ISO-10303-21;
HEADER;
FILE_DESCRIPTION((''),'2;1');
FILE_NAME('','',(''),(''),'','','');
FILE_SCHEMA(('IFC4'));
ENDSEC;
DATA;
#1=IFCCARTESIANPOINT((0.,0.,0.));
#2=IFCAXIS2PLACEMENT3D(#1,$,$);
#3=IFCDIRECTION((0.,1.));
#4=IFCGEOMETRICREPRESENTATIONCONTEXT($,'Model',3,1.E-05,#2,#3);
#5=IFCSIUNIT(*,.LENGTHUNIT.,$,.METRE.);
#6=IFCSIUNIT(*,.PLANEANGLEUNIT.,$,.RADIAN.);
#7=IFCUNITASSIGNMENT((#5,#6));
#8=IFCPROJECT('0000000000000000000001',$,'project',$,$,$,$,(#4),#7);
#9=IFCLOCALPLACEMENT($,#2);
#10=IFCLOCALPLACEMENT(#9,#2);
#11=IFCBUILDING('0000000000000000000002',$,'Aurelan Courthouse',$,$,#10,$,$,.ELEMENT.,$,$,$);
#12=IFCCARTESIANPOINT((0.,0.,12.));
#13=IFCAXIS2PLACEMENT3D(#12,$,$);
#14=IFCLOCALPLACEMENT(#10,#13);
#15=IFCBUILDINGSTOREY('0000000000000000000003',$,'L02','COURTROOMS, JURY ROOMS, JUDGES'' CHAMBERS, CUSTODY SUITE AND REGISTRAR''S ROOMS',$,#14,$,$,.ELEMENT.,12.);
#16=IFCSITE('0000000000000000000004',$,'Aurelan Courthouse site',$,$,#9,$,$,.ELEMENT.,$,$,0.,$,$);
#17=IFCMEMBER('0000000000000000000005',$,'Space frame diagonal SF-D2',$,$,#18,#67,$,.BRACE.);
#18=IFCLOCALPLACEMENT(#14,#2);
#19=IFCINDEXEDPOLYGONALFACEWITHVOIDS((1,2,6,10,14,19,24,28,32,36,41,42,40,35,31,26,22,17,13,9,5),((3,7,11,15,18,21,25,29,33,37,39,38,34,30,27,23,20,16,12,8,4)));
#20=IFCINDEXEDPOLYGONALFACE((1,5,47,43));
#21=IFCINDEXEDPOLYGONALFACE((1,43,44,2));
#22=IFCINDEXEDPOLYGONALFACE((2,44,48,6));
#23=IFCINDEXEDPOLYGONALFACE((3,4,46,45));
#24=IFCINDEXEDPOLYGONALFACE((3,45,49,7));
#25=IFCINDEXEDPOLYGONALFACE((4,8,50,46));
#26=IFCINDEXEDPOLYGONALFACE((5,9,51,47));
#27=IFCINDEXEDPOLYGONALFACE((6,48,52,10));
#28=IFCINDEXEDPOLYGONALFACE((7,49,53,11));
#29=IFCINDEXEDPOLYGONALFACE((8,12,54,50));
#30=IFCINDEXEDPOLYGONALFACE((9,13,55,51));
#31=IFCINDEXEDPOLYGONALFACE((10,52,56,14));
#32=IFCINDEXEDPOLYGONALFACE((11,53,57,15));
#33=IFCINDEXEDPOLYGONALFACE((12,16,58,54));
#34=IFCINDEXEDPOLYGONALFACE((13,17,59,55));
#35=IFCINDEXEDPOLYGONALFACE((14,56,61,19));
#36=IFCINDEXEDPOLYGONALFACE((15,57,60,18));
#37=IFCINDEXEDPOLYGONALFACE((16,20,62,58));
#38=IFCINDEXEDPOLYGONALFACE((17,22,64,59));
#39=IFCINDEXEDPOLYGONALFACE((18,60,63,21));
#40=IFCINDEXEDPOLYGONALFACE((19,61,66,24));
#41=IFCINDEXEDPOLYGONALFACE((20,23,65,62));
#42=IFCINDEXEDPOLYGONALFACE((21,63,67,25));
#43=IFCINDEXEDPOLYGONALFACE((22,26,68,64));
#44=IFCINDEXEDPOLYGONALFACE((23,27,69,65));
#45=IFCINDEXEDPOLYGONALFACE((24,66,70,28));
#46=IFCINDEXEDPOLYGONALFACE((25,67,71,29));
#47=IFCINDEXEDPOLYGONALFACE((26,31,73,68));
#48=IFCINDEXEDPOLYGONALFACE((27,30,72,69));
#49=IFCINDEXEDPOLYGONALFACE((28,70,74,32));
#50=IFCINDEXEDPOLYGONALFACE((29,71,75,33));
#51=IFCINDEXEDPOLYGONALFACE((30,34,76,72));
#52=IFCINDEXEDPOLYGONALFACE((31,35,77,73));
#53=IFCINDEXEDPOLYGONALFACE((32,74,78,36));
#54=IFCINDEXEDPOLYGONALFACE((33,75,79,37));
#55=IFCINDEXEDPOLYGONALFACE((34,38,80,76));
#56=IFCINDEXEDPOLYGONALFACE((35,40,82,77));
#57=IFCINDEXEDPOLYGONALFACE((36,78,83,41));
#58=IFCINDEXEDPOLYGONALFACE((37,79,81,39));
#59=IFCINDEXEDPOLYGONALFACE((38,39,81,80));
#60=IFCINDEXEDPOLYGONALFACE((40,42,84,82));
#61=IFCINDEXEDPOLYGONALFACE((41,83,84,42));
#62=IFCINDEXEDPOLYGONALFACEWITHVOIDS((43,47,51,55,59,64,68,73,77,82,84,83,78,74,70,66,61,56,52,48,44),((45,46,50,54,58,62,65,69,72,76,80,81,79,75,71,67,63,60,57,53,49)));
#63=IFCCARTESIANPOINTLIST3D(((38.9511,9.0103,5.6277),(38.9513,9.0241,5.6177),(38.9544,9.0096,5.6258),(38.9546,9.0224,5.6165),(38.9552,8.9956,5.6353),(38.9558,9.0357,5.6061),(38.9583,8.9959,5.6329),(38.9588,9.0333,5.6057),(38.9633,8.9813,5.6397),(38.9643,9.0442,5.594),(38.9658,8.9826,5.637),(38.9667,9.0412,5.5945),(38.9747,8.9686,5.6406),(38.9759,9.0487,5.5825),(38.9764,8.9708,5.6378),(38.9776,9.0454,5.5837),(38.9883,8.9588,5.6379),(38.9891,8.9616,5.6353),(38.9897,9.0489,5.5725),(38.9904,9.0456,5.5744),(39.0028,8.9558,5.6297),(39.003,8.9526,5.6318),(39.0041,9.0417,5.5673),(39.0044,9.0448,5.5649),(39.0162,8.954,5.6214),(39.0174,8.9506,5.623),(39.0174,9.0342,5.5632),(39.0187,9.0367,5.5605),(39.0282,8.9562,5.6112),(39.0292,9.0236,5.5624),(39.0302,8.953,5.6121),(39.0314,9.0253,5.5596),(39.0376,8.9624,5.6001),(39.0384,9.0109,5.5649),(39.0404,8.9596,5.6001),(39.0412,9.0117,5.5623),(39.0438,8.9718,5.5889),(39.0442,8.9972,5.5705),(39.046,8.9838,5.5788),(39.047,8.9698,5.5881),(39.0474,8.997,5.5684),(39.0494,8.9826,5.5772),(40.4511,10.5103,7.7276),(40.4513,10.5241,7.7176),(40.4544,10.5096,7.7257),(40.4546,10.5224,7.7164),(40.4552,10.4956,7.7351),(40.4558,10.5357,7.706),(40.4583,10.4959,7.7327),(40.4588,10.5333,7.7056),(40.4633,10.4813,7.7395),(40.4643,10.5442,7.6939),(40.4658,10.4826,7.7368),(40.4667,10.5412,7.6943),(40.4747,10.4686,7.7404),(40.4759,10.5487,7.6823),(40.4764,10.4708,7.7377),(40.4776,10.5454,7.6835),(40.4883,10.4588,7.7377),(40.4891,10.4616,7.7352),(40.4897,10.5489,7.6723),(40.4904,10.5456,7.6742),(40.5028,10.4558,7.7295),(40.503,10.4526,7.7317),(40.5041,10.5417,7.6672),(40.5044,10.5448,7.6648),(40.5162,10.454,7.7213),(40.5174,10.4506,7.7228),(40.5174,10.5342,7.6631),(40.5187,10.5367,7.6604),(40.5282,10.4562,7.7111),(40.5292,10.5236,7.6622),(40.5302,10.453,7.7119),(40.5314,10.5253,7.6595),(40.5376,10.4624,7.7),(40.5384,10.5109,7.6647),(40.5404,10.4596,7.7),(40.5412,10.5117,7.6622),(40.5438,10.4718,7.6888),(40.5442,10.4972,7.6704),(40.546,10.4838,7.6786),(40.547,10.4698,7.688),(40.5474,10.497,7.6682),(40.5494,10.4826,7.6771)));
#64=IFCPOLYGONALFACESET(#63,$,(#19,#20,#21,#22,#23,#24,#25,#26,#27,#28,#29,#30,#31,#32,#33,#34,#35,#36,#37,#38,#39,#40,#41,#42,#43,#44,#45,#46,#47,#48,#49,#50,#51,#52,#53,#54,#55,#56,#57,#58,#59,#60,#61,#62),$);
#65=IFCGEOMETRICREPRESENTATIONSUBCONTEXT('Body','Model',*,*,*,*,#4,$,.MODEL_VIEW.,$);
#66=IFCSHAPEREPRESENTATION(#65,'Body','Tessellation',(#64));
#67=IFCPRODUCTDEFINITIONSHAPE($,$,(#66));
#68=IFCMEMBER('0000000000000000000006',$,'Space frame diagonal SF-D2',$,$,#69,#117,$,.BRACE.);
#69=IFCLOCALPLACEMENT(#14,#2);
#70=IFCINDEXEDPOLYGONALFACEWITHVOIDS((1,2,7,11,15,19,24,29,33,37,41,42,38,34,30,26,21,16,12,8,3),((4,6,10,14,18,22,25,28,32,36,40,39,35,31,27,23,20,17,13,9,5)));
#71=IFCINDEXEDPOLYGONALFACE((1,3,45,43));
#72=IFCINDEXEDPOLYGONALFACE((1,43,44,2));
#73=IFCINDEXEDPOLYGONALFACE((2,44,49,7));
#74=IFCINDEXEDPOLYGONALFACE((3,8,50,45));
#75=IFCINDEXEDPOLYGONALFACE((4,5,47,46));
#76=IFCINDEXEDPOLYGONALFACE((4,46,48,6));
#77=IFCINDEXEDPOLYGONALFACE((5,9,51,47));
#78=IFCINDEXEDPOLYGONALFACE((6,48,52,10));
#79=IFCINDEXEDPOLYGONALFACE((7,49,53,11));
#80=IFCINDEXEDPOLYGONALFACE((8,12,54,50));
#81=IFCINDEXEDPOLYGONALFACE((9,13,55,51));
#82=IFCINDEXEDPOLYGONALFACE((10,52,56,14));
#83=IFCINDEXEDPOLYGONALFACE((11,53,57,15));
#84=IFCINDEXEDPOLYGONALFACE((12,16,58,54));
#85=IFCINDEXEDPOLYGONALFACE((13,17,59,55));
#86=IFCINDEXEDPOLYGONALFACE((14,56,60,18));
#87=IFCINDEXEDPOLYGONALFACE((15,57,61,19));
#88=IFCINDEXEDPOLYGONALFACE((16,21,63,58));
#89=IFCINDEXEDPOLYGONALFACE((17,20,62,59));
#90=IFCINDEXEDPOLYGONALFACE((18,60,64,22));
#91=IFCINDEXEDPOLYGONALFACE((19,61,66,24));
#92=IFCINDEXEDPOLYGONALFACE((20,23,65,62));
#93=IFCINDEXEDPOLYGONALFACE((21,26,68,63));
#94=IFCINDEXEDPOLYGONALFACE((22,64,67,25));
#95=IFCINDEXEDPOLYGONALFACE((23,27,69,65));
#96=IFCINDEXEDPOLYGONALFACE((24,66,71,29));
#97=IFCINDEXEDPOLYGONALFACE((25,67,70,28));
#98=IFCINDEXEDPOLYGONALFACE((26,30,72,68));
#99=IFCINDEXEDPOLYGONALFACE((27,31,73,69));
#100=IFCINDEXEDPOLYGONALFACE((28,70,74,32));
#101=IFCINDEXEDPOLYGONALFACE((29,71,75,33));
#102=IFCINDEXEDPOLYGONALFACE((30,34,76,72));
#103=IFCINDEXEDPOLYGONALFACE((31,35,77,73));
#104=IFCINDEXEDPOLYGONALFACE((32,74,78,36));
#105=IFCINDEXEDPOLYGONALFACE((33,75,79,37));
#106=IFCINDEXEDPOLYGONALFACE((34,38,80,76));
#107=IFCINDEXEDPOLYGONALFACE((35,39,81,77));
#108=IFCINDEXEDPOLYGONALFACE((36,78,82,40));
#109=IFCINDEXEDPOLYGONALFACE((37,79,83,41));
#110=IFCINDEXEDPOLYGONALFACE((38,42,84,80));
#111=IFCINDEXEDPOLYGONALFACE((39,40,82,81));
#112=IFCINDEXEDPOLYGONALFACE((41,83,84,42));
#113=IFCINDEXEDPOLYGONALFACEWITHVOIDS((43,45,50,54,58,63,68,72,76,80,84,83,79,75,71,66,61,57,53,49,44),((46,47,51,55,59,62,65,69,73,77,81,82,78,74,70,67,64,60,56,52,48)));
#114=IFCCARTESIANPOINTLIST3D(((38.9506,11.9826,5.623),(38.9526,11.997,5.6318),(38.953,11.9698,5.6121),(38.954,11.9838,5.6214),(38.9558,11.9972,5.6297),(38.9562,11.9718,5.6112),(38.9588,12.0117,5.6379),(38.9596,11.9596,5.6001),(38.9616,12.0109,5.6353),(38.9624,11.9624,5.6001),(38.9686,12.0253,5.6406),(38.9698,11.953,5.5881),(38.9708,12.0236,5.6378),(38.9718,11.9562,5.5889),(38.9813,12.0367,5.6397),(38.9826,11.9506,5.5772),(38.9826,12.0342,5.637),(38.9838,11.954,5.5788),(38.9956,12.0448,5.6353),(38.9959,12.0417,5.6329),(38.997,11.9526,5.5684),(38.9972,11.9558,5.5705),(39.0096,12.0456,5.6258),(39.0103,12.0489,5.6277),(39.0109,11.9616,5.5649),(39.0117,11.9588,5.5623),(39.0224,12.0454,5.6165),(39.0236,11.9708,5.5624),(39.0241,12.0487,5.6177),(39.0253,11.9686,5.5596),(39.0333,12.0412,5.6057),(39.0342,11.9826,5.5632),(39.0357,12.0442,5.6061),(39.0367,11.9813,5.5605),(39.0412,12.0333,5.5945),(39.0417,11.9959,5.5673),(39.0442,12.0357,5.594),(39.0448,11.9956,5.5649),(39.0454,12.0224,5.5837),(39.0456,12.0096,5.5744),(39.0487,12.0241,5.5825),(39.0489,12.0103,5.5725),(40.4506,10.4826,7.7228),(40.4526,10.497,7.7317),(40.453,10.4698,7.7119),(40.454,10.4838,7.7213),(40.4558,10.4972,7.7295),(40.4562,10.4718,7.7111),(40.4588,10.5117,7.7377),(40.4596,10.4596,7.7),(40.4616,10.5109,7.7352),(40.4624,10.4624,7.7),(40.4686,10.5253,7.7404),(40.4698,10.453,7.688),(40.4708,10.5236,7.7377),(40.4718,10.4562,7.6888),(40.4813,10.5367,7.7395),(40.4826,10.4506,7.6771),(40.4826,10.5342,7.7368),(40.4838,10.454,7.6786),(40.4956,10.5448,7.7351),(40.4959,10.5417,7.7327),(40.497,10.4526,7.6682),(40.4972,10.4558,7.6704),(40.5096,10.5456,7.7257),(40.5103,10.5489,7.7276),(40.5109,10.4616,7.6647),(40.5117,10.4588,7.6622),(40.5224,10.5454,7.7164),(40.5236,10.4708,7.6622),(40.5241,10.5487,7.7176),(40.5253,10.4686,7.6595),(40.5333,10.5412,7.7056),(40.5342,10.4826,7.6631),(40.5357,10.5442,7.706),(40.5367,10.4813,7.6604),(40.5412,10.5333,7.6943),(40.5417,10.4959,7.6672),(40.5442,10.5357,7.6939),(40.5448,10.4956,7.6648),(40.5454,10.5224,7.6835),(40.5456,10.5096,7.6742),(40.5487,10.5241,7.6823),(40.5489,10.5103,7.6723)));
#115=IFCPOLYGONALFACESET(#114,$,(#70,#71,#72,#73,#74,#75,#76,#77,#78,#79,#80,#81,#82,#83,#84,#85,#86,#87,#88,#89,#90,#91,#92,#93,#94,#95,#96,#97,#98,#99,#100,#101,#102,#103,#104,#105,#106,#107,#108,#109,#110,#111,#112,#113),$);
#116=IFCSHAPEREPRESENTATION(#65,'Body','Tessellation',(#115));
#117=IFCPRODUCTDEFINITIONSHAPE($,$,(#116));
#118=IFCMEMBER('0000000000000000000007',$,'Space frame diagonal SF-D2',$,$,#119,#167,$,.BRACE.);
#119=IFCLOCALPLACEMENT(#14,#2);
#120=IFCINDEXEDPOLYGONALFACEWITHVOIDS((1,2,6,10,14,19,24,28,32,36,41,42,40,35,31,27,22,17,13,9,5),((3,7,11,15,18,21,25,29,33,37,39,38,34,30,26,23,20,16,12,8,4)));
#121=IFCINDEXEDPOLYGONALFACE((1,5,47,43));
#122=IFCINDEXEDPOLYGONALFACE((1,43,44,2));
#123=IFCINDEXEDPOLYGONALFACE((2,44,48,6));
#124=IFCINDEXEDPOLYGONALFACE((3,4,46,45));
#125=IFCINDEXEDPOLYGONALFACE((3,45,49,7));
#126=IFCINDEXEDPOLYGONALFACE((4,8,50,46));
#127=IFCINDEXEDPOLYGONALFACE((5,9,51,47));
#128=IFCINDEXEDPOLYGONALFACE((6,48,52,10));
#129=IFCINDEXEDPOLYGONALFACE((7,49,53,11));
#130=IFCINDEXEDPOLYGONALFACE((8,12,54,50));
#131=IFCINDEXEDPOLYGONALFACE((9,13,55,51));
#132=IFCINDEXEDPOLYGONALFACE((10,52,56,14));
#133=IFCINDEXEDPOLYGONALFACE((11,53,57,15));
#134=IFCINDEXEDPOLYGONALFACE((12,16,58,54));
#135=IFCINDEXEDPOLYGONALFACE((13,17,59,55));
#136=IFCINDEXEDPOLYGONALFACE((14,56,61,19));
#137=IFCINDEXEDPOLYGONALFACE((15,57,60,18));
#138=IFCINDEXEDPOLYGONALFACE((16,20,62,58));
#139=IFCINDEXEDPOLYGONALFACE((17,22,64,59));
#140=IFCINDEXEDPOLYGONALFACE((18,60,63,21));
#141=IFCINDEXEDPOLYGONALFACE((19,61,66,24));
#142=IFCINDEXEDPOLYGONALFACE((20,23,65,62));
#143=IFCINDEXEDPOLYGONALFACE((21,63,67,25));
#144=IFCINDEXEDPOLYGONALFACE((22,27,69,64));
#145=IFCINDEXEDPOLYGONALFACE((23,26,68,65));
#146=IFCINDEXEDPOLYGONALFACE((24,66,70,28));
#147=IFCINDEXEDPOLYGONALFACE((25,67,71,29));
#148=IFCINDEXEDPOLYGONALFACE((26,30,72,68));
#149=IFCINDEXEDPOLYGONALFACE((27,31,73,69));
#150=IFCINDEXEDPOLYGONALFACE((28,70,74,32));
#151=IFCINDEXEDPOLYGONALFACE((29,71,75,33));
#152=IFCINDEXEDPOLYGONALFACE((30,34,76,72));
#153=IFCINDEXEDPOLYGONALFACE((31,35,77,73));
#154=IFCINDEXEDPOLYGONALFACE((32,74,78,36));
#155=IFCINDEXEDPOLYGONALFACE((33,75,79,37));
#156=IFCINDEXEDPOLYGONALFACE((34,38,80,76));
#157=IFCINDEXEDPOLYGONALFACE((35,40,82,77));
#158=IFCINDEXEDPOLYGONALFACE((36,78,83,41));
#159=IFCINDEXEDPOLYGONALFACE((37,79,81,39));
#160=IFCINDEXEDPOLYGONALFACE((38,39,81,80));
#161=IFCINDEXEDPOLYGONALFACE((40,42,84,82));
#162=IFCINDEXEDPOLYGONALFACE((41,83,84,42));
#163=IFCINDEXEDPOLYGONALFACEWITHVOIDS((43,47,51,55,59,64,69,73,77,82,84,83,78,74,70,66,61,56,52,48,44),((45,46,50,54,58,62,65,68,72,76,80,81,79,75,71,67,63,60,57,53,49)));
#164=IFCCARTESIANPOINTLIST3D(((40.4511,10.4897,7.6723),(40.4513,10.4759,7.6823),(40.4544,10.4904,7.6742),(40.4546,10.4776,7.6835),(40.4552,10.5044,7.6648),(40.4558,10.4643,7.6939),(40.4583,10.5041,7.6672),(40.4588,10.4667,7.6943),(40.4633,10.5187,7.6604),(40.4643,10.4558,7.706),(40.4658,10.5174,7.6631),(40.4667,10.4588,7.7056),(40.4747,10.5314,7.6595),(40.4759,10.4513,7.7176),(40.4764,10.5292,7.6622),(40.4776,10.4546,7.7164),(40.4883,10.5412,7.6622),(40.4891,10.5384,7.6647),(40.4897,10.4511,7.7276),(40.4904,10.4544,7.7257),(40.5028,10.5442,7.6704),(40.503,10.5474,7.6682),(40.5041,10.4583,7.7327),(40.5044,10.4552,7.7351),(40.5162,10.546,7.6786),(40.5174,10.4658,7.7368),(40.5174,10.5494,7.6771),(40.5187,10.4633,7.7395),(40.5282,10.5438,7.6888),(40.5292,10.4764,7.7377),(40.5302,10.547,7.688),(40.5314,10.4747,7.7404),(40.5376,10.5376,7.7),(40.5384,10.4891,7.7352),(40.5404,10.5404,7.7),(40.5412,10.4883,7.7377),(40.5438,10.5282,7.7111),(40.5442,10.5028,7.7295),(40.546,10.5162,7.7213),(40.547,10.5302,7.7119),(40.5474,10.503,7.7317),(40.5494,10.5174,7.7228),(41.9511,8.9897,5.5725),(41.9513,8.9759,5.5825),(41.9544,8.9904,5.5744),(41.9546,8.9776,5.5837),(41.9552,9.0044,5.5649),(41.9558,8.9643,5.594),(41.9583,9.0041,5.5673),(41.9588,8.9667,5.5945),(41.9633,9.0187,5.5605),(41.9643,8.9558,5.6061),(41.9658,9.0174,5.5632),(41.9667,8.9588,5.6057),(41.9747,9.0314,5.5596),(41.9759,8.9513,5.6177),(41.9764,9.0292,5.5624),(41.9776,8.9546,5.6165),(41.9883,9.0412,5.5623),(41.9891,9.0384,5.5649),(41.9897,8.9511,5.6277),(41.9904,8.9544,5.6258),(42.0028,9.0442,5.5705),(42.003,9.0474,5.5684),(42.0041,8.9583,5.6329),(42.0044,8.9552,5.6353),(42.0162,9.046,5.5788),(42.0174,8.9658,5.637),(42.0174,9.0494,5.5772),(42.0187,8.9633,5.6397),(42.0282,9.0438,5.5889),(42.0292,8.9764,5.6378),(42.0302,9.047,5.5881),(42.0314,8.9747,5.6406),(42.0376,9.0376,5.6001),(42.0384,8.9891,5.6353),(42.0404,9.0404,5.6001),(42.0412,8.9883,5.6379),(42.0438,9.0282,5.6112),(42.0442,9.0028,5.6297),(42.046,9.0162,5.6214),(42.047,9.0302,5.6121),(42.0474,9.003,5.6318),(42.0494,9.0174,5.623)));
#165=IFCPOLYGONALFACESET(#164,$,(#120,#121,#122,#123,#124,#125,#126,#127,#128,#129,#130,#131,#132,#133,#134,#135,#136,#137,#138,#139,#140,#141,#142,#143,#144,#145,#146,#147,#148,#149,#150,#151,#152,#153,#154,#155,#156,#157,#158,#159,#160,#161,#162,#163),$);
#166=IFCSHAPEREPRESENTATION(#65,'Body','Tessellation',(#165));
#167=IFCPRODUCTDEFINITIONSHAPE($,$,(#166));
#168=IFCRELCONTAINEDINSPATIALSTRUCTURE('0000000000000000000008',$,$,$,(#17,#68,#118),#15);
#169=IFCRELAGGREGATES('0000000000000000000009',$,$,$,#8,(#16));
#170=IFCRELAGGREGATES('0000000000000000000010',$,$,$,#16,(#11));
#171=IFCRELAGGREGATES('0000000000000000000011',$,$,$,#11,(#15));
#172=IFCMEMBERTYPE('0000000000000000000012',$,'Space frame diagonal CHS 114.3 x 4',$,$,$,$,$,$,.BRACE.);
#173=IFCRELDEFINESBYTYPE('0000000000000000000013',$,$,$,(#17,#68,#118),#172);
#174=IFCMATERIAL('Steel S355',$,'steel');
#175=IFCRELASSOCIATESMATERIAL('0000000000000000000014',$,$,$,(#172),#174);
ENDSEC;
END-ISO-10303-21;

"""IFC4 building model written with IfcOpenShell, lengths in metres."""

from ifc_helpers import new_model, si_unit, direction, frame, origin, origin_2d, place, context, subcontext, project, spatial, hollow_circle, extrude, material, material_profile, profile_set, type_object, element, save


model = new_model("IFC4")

# Units and contexts
model_context = context("Model", 3, precision=1e-05, world=origin(), true_north=direction((0.0, 1.0)))
body_context = subcontext(model_context, "Body", "Model", "MODEL_VIEW")
ifc_project = project(units=[si_unit("LENGTHUNIT", "METRE"), si_unit("PLANEANGLEUNIT", "RADIAN")], contexts=[model_context])

# Site, building, storey
site_placement = place(None, origin())
site = spatial("IfcSite", under=ifc_project, at=site_placement, Name="Aurelan Courthouse site", CompositionType="ELEMENT", RefElevation=0.0)
building_placement = place(site_placement, origin())
building = spatial("IfcBuilding", under=site, at=building_placement, Name="Aurelan Courthouse", CompositionType="ELEMENT")
storey_placement = place(building_placement, frame((0.0, 0.0, 12.0)))
storey = spatial("IfcBuildingStorey", under=building, at=storey_placement, Name="L02", Description="COURTROOMS, JURY ROOMS, JUDGES' CHAMBERS, CUSTODY SUITE AND REGISTRAR'S ROOMS", CompositionType="ELEMENT", Elevation=12.0)

# Members
ifc_material_1 = material(Name="Steel S355", Category="steel")
ifc_material_profile_1 = material_profile(ifc_material_1, hollow_circle(Radius=0.0571, WallThickness=0.0039, at=origin_2d()), Name="CHS 114.3 x 4")
ifc_profile_set_1 = profile_set([ifc_material_profile_1], Name="Steel S355")
member_type_1 = type_object("IfcMemberType", Name="Space frame diagonal CHS 114.3 x 4", PredefinedType="BRACE", material=ifc_profile_set_1)
for number, where, z_axis, x_axis, name in (
    (1, (40.5, 10.5, 7.7), (-0.502536, -0.502536, -0.703502), (0.707107, -0.707107, 0.0), "Space frame diagonal SF-D2"),
    (2, (40.5, 10.5, 7.7), (-0.502536, 0.502536, -0.703502), (-0.707107, -0.707107, 0.0), "Space frame diagonal SF-D2"),
    (3, (40.5, 10.5, 7.7), (0.502536, -0.502536, -0.703502), (0.707107, 0.707107, 0.0), "Space frame diagonal SF-D2"),
):
    element("IfcMember", number, at=place(storey_placement, frame(where, z_axis=z_axis, x_axis=x_axis)), inside=storey, type_object=member_type_1, Name=name, PredefinedType="BRACE", context=body_context, shape_type="SweptSolid", body=[
        extrude(hollow_circle(Radius=0.0571, WallThickness=0.0039, at=origin_2d()), origin(), (0.0, 0.0, 1.0), 2.9849),
    ])

save(model, "model.ifc")
